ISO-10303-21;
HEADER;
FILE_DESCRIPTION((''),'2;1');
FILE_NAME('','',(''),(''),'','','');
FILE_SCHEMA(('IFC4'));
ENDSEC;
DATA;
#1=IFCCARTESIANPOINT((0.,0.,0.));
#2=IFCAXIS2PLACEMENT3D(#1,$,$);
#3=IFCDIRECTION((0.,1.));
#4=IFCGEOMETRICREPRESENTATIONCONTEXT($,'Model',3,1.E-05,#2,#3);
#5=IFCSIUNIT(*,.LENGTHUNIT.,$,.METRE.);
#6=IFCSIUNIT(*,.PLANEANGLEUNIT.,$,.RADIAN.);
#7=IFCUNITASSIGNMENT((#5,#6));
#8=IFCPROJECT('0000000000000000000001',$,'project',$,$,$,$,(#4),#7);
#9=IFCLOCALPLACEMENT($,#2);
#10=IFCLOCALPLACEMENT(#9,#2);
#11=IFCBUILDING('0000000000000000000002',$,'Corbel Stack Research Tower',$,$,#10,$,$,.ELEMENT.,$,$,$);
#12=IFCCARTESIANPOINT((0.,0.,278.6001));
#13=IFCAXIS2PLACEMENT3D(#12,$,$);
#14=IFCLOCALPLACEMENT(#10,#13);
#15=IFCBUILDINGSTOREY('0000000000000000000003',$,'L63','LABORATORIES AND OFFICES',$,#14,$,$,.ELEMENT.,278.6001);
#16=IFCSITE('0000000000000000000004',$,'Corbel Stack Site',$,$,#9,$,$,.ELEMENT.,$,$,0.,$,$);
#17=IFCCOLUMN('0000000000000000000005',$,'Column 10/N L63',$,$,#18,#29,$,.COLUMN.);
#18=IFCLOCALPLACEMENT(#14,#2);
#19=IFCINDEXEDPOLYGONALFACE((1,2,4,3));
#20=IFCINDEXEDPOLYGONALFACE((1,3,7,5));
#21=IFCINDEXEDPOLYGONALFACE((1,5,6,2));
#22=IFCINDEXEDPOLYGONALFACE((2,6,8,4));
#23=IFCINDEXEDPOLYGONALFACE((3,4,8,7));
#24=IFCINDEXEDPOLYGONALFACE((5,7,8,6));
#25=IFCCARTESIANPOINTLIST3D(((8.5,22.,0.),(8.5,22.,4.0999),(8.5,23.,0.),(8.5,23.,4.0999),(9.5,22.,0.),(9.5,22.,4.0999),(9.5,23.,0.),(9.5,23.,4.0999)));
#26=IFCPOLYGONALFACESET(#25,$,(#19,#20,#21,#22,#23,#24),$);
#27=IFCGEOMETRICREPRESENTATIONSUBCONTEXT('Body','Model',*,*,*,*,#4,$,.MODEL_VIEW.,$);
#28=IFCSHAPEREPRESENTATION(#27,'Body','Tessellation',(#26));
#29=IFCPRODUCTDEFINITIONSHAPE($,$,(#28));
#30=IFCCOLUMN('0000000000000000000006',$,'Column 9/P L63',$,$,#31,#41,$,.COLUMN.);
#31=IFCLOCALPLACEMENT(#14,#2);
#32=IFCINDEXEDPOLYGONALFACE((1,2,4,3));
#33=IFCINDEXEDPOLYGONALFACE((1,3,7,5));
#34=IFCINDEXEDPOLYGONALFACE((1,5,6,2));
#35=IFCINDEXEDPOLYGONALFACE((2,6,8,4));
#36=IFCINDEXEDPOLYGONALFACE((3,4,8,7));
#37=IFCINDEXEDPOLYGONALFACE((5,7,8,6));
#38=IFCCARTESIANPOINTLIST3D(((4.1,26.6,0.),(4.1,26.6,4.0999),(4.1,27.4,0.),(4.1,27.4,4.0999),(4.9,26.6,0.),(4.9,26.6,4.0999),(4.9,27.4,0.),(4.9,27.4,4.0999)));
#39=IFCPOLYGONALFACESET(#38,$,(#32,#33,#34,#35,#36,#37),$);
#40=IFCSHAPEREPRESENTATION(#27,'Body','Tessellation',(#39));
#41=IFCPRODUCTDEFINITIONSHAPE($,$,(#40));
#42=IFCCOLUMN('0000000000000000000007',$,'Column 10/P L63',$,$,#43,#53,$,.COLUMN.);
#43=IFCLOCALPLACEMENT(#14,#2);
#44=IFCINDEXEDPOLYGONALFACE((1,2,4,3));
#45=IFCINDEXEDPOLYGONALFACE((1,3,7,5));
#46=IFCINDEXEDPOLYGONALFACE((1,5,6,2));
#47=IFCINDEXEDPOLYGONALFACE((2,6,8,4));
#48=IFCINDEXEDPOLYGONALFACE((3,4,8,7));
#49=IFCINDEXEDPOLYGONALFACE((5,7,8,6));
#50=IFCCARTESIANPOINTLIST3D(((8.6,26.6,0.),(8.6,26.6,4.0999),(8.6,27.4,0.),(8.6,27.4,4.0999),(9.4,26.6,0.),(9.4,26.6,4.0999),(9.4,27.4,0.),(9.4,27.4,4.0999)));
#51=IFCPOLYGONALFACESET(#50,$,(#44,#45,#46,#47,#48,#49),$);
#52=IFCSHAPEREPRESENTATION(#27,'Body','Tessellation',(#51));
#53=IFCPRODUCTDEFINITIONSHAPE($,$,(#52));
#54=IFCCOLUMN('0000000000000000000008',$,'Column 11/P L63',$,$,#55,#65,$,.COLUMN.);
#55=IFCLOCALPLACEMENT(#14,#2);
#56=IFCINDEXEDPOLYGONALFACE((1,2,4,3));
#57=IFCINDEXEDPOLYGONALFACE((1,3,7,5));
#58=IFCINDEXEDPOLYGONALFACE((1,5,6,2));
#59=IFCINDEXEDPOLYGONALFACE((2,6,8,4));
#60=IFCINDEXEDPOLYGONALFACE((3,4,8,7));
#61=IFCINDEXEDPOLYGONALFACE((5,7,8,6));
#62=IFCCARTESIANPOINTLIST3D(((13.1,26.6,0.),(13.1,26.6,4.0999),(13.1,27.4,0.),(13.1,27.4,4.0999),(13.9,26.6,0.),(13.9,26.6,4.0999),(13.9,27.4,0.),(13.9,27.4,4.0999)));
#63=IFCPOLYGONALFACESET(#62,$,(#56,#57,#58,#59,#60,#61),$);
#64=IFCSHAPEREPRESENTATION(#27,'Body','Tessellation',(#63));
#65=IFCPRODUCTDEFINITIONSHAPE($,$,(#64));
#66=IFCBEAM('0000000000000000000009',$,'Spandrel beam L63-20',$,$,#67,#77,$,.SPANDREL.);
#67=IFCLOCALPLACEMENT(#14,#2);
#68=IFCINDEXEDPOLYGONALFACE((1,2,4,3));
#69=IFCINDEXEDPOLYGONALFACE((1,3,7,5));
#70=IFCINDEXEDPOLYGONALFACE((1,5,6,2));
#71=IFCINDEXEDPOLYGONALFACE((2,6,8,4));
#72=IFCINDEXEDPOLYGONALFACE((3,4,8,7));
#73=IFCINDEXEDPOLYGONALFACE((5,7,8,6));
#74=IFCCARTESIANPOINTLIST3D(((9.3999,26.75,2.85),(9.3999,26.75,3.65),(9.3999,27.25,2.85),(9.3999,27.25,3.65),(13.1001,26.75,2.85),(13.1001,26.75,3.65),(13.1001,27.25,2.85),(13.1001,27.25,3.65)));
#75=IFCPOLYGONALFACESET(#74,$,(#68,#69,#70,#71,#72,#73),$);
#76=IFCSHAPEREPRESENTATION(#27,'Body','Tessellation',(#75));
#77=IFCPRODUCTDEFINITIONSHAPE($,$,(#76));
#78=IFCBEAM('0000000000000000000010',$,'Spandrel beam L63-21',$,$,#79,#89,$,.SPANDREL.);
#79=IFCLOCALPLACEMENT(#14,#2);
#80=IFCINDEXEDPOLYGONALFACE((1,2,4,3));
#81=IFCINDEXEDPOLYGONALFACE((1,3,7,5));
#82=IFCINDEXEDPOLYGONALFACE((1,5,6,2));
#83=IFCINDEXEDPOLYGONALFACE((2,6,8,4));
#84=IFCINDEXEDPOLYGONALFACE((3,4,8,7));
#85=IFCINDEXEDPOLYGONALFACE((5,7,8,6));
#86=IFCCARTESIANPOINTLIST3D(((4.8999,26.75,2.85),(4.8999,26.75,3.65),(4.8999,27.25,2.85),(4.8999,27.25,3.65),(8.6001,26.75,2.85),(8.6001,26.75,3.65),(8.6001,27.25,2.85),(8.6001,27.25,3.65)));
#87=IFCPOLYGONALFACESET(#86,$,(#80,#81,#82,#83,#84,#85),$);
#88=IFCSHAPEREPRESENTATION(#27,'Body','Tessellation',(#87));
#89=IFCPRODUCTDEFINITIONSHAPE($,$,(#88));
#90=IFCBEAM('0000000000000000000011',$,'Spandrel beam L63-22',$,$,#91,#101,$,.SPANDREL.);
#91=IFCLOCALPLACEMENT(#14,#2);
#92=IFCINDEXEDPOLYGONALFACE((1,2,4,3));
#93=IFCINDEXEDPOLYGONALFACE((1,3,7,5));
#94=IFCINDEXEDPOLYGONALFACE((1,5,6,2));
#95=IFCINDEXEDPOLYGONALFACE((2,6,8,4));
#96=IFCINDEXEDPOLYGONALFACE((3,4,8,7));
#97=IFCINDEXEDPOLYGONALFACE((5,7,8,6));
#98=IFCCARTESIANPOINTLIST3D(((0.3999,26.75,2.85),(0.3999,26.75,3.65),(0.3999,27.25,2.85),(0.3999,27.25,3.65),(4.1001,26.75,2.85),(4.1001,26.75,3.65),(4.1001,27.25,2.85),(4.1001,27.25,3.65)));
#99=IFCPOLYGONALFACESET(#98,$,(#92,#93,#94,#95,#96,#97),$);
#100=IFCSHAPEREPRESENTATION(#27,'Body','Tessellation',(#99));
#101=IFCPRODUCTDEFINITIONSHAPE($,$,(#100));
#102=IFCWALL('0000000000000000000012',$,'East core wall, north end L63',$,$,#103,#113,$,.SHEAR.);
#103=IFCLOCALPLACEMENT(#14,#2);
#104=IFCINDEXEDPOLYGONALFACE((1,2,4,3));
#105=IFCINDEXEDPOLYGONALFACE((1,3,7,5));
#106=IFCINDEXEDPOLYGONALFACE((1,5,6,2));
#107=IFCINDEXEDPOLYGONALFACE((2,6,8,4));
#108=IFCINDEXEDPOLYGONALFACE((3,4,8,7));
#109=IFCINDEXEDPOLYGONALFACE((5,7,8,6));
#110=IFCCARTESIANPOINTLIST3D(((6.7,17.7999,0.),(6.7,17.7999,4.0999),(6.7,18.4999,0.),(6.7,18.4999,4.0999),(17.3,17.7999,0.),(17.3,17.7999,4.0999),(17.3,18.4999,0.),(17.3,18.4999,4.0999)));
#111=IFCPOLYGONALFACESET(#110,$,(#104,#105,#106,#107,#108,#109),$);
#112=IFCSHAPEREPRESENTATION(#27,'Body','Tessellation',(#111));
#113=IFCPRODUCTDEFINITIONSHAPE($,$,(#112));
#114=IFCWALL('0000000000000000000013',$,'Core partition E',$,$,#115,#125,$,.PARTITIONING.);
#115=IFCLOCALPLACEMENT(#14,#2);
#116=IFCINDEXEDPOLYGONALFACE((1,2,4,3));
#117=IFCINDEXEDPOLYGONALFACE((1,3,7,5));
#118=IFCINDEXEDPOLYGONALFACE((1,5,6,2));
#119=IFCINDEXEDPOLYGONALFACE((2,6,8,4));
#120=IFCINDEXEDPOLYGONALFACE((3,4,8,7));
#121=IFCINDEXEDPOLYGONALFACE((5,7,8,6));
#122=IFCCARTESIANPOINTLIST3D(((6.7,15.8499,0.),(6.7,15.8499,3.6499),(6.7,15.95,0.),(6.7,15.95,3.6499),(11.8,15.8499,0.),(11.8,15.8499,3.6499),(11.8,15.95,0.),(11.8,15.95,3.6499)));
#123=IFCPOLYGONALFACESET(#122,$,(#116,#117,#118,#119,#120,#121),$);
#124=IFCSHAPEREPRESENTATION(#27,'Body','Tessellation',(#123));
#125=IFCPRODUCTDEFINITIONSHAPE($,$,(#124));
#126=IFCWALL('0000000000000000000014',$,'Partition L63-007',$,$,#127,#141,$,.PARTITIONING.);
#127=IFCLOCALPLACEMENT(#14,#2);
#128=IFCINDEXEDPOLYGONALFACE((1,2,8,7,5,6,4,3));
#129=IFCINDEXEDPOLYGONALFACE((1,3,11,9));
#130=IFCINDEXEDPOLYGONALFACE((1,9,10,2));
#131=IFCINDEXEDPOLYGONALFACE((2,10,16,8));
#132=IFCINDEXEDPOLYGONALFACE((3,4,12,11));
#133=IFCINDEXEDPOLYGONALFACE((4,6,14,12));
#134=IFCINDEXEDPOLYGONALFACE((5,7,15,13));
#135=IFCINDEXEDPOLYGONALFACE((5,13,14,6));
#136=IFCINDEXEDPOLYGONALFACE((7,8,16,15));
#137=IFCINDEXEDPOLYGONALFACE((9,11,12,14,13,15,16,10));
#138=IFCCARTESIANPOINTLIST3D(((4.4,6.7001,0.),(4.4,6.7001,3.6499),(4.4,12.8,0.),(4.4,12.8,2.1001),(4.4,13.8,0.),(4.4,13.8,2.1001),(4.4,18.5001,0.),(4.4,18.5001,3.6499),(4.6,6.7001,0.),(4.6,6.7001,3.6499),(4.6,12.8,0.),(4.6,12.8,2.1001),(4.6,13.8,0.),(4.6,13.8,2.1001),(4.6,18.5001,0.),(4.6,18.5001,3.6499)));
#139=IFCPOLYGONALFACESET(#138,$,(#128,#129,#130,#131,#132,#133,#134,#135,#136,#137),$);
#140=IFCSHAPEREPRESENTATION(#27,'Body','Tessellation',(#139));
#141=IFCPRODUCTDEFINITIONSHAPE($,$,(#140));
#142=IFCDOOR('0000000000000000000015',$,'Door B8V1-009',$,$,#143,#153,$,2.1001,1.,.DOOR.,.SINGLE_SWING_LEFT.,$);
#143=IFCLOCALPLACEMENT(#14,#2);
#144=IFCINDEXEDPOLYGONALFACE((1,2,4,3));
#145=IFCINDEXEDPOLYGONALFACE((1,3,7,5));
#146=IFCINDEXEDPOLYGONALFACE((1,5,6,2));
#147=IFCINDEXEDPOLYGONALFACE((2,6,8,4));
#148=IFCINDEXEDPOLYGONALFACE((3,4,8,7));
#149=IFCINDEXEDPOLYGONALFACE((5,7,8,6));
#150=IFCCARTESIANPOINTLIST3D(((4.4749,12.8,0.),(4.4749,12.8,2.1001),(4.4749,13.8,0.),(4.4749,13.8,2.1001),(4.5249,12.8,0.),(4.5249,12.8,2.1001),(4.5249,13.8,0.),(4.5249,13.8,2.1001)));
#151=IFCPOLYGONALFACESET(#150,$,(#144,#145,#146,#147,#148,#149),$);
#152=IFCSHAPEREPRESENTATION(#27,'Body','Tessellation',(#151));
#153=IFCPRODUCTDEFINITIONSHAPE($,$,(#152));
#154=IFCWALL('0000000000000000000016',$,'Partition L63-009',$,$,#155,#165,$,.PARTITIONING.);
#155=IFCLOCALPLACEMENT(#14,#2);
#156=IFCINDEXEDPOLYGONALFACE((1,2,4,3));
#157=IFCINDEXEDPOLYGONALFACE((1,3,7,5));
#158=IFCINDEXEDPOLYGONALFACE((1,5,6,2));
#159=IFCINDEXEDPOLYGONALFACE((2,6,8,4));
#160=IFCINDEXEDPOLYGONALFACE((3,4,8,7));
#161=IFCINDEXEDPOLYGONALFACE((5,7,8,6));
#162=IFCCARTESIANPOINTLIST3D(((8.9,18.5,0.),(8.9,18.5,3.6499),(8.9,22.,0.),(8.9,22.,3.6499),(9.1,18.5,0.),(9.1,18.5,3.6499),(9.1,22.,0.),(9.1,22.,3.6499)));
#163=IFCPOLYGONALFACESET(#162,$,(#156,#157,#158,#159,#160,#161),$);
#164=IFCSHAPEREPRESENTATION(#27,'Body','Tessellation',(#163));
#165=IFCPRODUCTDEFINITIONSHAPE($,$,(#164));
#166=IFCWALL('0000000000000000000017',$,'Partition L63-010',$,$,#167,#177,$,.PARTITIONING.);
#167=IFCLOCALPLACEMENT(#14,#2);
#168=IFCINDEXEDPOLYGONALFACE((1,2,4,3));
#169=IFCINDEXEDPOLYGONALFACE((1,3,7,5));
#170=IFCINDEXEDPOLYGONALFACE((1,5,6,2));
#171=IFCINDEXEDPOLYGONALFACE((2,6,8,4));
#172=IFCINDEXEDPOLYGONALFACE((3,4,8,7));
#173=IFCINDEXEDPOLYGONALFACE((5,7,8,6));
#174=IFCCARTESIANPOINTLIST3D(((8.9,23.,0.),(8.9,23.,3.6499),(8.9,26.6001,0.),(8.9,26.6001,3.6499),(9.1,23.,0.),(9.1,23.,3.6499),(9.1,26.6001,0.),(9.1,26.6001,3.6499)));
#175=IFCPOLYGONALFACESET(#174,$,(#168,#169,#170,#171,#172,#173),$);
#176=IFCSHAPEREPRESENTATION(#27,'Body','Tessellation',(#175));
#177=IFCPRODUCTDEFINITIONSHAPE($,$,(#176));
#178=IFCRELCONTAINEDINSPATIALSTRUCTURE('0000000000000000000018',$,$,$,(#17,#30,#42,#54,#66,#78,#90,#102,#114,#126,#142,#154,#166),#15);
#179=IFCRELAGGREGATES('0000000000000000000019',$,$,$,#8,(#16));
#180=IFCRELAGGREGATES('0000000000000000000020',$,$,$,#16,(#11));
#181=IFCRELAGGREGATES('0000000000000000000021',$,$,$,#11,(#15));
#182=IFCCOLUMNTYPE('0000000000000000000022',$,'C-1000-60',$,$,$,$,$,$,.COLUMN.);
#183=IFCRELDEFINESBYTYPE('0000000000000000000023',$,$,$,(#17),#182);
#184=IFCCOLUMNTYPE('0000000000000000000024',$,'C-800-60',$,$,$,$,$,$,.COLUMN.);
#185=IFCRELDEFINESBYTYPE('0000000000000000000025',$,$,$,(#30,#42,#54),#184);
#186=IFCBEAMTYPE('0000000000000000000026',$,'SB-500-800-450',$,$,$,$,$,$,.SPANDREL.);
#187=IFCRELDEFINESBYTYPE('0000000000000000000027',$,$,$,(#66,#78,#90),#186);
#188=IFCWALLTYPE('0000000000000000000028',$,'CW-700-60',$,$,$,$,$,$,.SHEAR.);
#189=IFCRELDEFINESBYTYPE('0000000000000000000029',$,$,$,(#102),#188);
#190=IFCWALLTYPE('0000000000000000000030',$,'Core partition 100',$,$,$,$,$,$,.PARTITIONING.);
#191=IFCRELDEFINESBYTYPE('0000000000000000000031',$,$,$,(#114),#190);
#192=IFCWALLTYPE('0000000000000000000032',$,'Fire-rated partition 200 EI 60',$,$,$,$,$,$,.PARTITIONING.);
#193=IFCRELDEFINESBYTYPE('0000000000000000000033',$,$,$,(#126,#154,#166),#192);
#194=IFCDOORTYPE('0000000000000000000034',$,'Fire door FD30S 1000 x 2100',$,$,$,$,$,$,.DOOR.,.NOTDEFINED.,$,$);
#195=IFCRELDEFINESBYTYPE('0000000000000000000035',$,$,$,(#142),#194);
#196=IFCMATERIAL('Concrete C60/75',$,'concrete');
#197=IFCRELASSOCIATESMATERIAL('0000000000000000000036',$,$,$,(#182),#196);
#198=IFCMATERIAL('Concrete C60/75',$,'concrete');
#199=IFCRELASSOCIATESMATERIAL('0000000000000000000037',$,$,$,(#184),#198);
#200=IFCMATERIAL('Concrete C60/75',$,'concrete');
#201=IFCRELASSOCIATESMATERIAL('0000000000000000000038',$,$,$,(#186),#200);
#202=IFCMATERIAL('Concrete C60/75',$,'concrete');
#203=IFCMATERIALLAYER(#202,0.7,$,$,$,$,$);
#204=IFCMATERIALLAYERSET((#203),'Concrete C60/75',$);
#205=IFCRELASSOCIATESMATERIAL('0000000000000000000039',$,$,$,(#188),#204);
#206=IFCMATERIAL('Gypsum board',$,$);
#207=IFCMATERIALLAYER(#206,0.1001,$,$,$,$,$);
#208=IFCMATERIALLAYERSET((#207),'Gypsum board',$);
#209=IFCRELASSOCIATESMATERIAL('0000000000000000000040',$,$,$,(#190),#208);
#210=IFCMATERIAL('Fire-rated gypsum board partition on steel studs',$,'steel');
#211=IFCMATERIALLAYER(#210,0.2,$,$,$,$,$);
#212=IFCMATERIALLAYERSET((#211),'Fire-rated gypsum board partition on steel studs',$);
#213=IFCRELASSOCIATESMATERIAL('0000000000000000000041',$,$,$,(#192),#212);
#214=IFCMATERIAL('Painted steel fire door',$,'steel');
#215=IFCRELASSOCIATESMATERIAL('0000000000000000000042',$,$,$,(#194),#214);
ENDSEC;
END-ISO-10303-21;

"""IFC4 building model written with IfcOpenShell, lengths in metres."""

from ifc_helpers import new_model, si_unit, direction, frame, frame_2d, origin, origin_2d, place, context, subcontext, project, spatial, rectangle, extrude, material, layer, layer_set, material_profile, profile_set, type_object, element, fill, save


model = new_model("IFC4")

# Units and contexts
model_context = context("Model", 3, precision=1e-05, world=origin(), true_north=direction((0.0, 1.0)))
body_context = subcontext(model_context, "Body", "Model", "MODEL_VIEW")
ifc_project = project(units=[si_unit("LENGTHUNIT", "METRE"), si_unit("PLANEANGLEUNIT", "RADIAN")], contexts=[model_context])

# Site, building, storey
site_placement = place(None, origin())
site = spatial("IfcSite", under=ifc_project, at=site_placement, Name="Corbel Stack Site", CompositionType="ELEMENT", RefElevation=0.0)
building_placement = place(site_placement, origin())
building = spatial("IfcBuilding", under=site, at=building_placement, Name="Corbel Stack Research Tower", CompositionType="ELEMENT")
storey_placement = place(building_placement, frame((0.0, 0.0, 278.6001)))
storey = spatial("IfcBuildingStorey", under=building, at=storey_placement, Name="L63", Description="LABORATORIES AND OFFICES", CompositionType="ELEMENT", Elevation=278.6001)

# Columns
ifc_material_1 = material(Name="Concrete C60/75", Category="concrete")
ifc_material_profile_1 = material_profile(ifc_material_1, rectangle(XDim=1.0, YDim=1.0, at=origin_2d()), Name="RC 1000 x 1000")
ifc_profile_set_1 = profile_set([ifc_material_profile_1], Name="Concrete C60/75")
column_type_1 = type_object("IfcColumnType", Name="C-1000-60", PredefinedType="COLUMN", material=ifc_profile_set_1)
column_placement = place(storey_placement, frame((9.0, 22.5, 0.0), z_axis=(0.0, 0.0, 1.0), x_axis=(1.0, 0.0, 0.0)))
element("IfcColumn", 1, at=column_placement, inside=storey, type_object=column_type_1, Name="Column 10/N L63", PredefinedType="COLUMN", context=body_context, shape_type="SweptSolid", body=[
    extrude(rectangle(XDim=1.0, YDim=1.0, at=origin_2d()), origin(), (0.0, 0.0, 1.0), 4.0999),
])
ifc_material_2 = material(Name="Concrete C60/75", Category="concrete")
ifc_material_profile_2 = material_profile(ifc_material_2, rectangle(XDim=0.8, YDim=0.8, at=origin_2d()), Name="RC 800 x 800")
ifc_profile_set_2 = profile_set([ifc_material_profile_2], Name="Concrete C60/75")
column_type_2 = type_object("IfcColumnType", Name="C-800-60", PredefinedType="COLUMN", material=ifc_profile_set_2)
for number, where, z_axis, x_axis, name in (
    (2, (4.5, 27.0, 0.0), (0.0, 0.0, 1.0), (1.0, 0.0, 0.0), "Column 9/P L63"),
    (3, (9.0, 27.0, 0.0), (0.0, 0.0, 1.0), (1.0, 0.0, 0.0), "Column 10/P L63"),
    (4, (13.5, 27.0, 0.0), (0.0, 0.0, 1.0), (1.0, 0.0, 0.0), "Column 11/P L63"),
):
    element("IfcColumn", number, at=place(storey_placement, frame(where, z_axis=z_axis, x_axis=x_axis)), inside=storey, type_object=column_type_2, Name=name, PredefinedType="COLUMN", context=body_context, shape_type="SweptSolid", body=[
        extrude(rectangle(XDim=0.8, YDim=0.8, at=origin_2d()), origin(), (0.0, 0.0, 1.0), 4.0999),
    ])

# Beams
ifc_material_3 = material(Name="Concrete C60/75", Category="concrete")
ifc_material_profile_3 = material_profile(ifc_material_3, rectangle(XDim=0.5, YDim=0.8, at=origin_2d()), Name="RC 500 x 800")
ifc_profile_set_3 = profile_set([ifc_material_profile_3], Name="Concrete C60/75")
beam_type = type_object("IfcBeamType", Name="SB-500-800-450", PredefinedType="SPANDREL", material=ifc_profile_set_3)
for number, where, z_axis, x_axis, name in (
    (5, (13.1001, 27.0, 3.25), (-1.0, 0.0, 0.0), (0.0, -1.0, 0.0), "Spandrel beam L63-20"),
    (6, (8.6001, 27.0, 3.25), (-1.0, 0.0, 0.0), (0.0, -1.0, 0.0), "Spandrel beam L63-21"),
    (7, (4.1001, 27.0, 3.25), (-1.0, 0.0, 0.0), (0.0, -1.0, 0.0), "Spandrel beam L63-22"),
):
    element("IfcBeam", number, at=place(storey_placement, frame(where, z_axis=z_axis, x_axis=x_axis)), inside=storey, type_object=beam_type, Name=name, PredefinedType="SPANDREL", context=body_context, shape_type="SweptSolid", body=[
        extrude(rectangle(XDim=0.5, YDim=0.8, at=origin_2d()), origin(), (0.0, 0.0, 1.0), 3.7002),
    ])

# Walls
ifc_material_4 = material(Name="Concrete C60/75", Category="concrete")
ifc_layer_1 = layer(ifc_material_4, 0.7)
ifc_layer_set_1 = layer_set([ifc_layer_1], Name="Concrete C60/75")
wall_type_1 = type_object("IfcWallType", Name="CW-700-60", PredefinedType="SHEAR", material=ifc_layer_set_1)
wall_1_placement = place(storey_placement, frame((6.7, 18.1499, 0.0), z_axis=(0.0, 0.0, 1.0), x_axis=(1.0, 0.0, 0.0)))
element("IfcWall", 8, at=wall_1_placement, inside=storey, type_object=wall_type_1, Name="East core wall, north end L63", PredefinedType="SHEAR", context=body_context, shape_type="SweptSolid", body=[
    extrude(rectangle(XDim=10.6001, YDim=0.7, at=frame_2d((5.3, 0.0))), origin(), (0.0, 0.0, 1.0), 4.0999),
])
ifc_material_5 = material(Name="Gypsum board")
ifc_layer_2 = layer(ifc_material_5, 0.1001)
ifc_layer_set_2 = layer_set([ifc_layer_2], Name="Gypsum board")
wall_type_2 = type_object("IfcWallType", Name="Core partition 100", PredefinedType="PARTITIONING", material=ifc_layer_set_2)
wall_2_placement = place(storey_placement, frame((6.7, 15.8999, 0.0), z_axis=(0.0, 0.0, 1.0), x_axis=(1.0, 0.0, 0.0)))
element("IfcWall", 9, at=wall_2_placement, inside=storey, type_object=wall_type_2, Name="Core partition E", PredefinedType="PARTITIONING", context=body_context, shape_type="SweptSolid", body=[
    extrude(rectangle(XDim=5.1001, YDim=0.1001, at=frame_2d((2.55, 0.0))), origin(), (0.0, 0.0, 1.0), 3.6499),
])

# Wall, opening, door
ifc_material_6 = material(Name="Fire-rated gypsum board partition on steel studs", Category="steel")
ifc_layer_3 = layer(ifc_material_6, 0.2)
ifc_layer_set_3 = layer_set([ifc_layer_3], Name="Fire-rated gypsum board partition on steel studs")
wall_type_3 = type_object("IfcWallType", Name="Fire-rated partition 200 EI 60", PredefinedType="PARTITIONING", material=ifc_layer_set_3)
wall_3_placement = place(storey_placement, frame((4.5, 18.5, 0.0), z_axis=(0.0, 0.0, 1.0), x_axis=(0.0, -1.0, 0.0)))
wall_3 = element("IfcWall", 10, at=wall_3_placement, inside=storey, type_object=wall_type_3, Name="Partition L63-007", PredefinedType="PARTITIONING", context=body_context, shape_type="SweptSolid", body=[
    extrude(rectangle(XDim=11.8, YDim=0.2, at=frame_2d((5.8999, 0.0))), origin(), (0.0, 0.0, 1.0), 3.6499),
])
opening_1_placement = place(wall_3_placement, frame((4.7, 0.0, 0.0)))
opening_1 = element("IfcOpeningElement", 11, at=opening_1_placement, cuts=wall_3, PredefinedType="OPENING", context=body_context, shape_type="SweptSolid", body=[
    extrude(rectangle(XDim=1.0, YDim=2.1001, at=frame_2d((0.5, 1.05))), frame((0.0, 0.1099, 0.0), z_axis=(0.0, -1.0, 0.0), x_axis=(1.0, 0.0, 0.0)), (0.0, 0.0, 1.0), 0.22),
])
ifc_material_7 = material(Name="Painted steel fire door", Category="steel")
door_type_1 = type_object("IfcDoorType", Name="Fire door FD30S 1000 x 2100", OperationType="NOTDEFINED", PredefinedType="DOOR", material=ifc_material_7)
door_1_placement = place(opening_1_placement, origin())
door_1 = element("IfcDoor", 12, at=door_1_placement, inside=storey, type_object=door_type_1, Name="Door B8V1-009", OperationType="SINGLE_SWING_LEFT", OverallHeight=2.1001, OverallWidth=1.0, PredefinedType="DOOR", context=body_context, shape_type="SweptSolid", body=[
    extrude(rectangle(XDim=1.0, YDim=2.1001, at=frame_2d((0.5, 1.05))), frame((0.0, 0.0249, 0.0), z_axis=(0.0, -1.0, 0.0), x_axis=(1.0, 0.0, 0.0)), (0.0, 0.0, 1.0), 0.05),
])
fill(opening_1, door_1)

# Walls
wall_4_placement = place(storey_placement, frame((9.0, 18.5, 0.0), z_axis=(0.0, 0.0, 1.0), x_axis=(0.0, 1.0, 0.0)))
element("IfcWall", 13, at=wall_4_placement, inside=storey, type_object=wall_type_3, Name="Partition L63-009", PredefinedType="PARTITIONING", context=body_context, shape_type="SweptSolid", body=[
    extrude(rectangle(XDim=3.5, YDim=0.2, at=frame_2d((1.75, 0.0))), origin(), (0.0, 0.0, 1.0), 3.6499),
])
wall_5_placement = place(storey_placement, frame((9.0, 23.0, 0.0), z_axis=(0.0, 0.0, 1.0), x_axis=(0.0, 1.0, 0.0)))
element("IfcWall", 14, at=wall_5_placement, inside=storey, type_object=wall_type_3, Name="Partition L63-010", PredefinedType="PARTITIONING", context=body_context, shape_type="SweptSolid", body=[
    extrude(rectangle(XDim=3.6001, YDim=0.2, at=frame_2d((1.8, 0.0))), origin(), (0.0, 0.0, 1.0), 3.6499),
])

save(model, "model.ifc")
